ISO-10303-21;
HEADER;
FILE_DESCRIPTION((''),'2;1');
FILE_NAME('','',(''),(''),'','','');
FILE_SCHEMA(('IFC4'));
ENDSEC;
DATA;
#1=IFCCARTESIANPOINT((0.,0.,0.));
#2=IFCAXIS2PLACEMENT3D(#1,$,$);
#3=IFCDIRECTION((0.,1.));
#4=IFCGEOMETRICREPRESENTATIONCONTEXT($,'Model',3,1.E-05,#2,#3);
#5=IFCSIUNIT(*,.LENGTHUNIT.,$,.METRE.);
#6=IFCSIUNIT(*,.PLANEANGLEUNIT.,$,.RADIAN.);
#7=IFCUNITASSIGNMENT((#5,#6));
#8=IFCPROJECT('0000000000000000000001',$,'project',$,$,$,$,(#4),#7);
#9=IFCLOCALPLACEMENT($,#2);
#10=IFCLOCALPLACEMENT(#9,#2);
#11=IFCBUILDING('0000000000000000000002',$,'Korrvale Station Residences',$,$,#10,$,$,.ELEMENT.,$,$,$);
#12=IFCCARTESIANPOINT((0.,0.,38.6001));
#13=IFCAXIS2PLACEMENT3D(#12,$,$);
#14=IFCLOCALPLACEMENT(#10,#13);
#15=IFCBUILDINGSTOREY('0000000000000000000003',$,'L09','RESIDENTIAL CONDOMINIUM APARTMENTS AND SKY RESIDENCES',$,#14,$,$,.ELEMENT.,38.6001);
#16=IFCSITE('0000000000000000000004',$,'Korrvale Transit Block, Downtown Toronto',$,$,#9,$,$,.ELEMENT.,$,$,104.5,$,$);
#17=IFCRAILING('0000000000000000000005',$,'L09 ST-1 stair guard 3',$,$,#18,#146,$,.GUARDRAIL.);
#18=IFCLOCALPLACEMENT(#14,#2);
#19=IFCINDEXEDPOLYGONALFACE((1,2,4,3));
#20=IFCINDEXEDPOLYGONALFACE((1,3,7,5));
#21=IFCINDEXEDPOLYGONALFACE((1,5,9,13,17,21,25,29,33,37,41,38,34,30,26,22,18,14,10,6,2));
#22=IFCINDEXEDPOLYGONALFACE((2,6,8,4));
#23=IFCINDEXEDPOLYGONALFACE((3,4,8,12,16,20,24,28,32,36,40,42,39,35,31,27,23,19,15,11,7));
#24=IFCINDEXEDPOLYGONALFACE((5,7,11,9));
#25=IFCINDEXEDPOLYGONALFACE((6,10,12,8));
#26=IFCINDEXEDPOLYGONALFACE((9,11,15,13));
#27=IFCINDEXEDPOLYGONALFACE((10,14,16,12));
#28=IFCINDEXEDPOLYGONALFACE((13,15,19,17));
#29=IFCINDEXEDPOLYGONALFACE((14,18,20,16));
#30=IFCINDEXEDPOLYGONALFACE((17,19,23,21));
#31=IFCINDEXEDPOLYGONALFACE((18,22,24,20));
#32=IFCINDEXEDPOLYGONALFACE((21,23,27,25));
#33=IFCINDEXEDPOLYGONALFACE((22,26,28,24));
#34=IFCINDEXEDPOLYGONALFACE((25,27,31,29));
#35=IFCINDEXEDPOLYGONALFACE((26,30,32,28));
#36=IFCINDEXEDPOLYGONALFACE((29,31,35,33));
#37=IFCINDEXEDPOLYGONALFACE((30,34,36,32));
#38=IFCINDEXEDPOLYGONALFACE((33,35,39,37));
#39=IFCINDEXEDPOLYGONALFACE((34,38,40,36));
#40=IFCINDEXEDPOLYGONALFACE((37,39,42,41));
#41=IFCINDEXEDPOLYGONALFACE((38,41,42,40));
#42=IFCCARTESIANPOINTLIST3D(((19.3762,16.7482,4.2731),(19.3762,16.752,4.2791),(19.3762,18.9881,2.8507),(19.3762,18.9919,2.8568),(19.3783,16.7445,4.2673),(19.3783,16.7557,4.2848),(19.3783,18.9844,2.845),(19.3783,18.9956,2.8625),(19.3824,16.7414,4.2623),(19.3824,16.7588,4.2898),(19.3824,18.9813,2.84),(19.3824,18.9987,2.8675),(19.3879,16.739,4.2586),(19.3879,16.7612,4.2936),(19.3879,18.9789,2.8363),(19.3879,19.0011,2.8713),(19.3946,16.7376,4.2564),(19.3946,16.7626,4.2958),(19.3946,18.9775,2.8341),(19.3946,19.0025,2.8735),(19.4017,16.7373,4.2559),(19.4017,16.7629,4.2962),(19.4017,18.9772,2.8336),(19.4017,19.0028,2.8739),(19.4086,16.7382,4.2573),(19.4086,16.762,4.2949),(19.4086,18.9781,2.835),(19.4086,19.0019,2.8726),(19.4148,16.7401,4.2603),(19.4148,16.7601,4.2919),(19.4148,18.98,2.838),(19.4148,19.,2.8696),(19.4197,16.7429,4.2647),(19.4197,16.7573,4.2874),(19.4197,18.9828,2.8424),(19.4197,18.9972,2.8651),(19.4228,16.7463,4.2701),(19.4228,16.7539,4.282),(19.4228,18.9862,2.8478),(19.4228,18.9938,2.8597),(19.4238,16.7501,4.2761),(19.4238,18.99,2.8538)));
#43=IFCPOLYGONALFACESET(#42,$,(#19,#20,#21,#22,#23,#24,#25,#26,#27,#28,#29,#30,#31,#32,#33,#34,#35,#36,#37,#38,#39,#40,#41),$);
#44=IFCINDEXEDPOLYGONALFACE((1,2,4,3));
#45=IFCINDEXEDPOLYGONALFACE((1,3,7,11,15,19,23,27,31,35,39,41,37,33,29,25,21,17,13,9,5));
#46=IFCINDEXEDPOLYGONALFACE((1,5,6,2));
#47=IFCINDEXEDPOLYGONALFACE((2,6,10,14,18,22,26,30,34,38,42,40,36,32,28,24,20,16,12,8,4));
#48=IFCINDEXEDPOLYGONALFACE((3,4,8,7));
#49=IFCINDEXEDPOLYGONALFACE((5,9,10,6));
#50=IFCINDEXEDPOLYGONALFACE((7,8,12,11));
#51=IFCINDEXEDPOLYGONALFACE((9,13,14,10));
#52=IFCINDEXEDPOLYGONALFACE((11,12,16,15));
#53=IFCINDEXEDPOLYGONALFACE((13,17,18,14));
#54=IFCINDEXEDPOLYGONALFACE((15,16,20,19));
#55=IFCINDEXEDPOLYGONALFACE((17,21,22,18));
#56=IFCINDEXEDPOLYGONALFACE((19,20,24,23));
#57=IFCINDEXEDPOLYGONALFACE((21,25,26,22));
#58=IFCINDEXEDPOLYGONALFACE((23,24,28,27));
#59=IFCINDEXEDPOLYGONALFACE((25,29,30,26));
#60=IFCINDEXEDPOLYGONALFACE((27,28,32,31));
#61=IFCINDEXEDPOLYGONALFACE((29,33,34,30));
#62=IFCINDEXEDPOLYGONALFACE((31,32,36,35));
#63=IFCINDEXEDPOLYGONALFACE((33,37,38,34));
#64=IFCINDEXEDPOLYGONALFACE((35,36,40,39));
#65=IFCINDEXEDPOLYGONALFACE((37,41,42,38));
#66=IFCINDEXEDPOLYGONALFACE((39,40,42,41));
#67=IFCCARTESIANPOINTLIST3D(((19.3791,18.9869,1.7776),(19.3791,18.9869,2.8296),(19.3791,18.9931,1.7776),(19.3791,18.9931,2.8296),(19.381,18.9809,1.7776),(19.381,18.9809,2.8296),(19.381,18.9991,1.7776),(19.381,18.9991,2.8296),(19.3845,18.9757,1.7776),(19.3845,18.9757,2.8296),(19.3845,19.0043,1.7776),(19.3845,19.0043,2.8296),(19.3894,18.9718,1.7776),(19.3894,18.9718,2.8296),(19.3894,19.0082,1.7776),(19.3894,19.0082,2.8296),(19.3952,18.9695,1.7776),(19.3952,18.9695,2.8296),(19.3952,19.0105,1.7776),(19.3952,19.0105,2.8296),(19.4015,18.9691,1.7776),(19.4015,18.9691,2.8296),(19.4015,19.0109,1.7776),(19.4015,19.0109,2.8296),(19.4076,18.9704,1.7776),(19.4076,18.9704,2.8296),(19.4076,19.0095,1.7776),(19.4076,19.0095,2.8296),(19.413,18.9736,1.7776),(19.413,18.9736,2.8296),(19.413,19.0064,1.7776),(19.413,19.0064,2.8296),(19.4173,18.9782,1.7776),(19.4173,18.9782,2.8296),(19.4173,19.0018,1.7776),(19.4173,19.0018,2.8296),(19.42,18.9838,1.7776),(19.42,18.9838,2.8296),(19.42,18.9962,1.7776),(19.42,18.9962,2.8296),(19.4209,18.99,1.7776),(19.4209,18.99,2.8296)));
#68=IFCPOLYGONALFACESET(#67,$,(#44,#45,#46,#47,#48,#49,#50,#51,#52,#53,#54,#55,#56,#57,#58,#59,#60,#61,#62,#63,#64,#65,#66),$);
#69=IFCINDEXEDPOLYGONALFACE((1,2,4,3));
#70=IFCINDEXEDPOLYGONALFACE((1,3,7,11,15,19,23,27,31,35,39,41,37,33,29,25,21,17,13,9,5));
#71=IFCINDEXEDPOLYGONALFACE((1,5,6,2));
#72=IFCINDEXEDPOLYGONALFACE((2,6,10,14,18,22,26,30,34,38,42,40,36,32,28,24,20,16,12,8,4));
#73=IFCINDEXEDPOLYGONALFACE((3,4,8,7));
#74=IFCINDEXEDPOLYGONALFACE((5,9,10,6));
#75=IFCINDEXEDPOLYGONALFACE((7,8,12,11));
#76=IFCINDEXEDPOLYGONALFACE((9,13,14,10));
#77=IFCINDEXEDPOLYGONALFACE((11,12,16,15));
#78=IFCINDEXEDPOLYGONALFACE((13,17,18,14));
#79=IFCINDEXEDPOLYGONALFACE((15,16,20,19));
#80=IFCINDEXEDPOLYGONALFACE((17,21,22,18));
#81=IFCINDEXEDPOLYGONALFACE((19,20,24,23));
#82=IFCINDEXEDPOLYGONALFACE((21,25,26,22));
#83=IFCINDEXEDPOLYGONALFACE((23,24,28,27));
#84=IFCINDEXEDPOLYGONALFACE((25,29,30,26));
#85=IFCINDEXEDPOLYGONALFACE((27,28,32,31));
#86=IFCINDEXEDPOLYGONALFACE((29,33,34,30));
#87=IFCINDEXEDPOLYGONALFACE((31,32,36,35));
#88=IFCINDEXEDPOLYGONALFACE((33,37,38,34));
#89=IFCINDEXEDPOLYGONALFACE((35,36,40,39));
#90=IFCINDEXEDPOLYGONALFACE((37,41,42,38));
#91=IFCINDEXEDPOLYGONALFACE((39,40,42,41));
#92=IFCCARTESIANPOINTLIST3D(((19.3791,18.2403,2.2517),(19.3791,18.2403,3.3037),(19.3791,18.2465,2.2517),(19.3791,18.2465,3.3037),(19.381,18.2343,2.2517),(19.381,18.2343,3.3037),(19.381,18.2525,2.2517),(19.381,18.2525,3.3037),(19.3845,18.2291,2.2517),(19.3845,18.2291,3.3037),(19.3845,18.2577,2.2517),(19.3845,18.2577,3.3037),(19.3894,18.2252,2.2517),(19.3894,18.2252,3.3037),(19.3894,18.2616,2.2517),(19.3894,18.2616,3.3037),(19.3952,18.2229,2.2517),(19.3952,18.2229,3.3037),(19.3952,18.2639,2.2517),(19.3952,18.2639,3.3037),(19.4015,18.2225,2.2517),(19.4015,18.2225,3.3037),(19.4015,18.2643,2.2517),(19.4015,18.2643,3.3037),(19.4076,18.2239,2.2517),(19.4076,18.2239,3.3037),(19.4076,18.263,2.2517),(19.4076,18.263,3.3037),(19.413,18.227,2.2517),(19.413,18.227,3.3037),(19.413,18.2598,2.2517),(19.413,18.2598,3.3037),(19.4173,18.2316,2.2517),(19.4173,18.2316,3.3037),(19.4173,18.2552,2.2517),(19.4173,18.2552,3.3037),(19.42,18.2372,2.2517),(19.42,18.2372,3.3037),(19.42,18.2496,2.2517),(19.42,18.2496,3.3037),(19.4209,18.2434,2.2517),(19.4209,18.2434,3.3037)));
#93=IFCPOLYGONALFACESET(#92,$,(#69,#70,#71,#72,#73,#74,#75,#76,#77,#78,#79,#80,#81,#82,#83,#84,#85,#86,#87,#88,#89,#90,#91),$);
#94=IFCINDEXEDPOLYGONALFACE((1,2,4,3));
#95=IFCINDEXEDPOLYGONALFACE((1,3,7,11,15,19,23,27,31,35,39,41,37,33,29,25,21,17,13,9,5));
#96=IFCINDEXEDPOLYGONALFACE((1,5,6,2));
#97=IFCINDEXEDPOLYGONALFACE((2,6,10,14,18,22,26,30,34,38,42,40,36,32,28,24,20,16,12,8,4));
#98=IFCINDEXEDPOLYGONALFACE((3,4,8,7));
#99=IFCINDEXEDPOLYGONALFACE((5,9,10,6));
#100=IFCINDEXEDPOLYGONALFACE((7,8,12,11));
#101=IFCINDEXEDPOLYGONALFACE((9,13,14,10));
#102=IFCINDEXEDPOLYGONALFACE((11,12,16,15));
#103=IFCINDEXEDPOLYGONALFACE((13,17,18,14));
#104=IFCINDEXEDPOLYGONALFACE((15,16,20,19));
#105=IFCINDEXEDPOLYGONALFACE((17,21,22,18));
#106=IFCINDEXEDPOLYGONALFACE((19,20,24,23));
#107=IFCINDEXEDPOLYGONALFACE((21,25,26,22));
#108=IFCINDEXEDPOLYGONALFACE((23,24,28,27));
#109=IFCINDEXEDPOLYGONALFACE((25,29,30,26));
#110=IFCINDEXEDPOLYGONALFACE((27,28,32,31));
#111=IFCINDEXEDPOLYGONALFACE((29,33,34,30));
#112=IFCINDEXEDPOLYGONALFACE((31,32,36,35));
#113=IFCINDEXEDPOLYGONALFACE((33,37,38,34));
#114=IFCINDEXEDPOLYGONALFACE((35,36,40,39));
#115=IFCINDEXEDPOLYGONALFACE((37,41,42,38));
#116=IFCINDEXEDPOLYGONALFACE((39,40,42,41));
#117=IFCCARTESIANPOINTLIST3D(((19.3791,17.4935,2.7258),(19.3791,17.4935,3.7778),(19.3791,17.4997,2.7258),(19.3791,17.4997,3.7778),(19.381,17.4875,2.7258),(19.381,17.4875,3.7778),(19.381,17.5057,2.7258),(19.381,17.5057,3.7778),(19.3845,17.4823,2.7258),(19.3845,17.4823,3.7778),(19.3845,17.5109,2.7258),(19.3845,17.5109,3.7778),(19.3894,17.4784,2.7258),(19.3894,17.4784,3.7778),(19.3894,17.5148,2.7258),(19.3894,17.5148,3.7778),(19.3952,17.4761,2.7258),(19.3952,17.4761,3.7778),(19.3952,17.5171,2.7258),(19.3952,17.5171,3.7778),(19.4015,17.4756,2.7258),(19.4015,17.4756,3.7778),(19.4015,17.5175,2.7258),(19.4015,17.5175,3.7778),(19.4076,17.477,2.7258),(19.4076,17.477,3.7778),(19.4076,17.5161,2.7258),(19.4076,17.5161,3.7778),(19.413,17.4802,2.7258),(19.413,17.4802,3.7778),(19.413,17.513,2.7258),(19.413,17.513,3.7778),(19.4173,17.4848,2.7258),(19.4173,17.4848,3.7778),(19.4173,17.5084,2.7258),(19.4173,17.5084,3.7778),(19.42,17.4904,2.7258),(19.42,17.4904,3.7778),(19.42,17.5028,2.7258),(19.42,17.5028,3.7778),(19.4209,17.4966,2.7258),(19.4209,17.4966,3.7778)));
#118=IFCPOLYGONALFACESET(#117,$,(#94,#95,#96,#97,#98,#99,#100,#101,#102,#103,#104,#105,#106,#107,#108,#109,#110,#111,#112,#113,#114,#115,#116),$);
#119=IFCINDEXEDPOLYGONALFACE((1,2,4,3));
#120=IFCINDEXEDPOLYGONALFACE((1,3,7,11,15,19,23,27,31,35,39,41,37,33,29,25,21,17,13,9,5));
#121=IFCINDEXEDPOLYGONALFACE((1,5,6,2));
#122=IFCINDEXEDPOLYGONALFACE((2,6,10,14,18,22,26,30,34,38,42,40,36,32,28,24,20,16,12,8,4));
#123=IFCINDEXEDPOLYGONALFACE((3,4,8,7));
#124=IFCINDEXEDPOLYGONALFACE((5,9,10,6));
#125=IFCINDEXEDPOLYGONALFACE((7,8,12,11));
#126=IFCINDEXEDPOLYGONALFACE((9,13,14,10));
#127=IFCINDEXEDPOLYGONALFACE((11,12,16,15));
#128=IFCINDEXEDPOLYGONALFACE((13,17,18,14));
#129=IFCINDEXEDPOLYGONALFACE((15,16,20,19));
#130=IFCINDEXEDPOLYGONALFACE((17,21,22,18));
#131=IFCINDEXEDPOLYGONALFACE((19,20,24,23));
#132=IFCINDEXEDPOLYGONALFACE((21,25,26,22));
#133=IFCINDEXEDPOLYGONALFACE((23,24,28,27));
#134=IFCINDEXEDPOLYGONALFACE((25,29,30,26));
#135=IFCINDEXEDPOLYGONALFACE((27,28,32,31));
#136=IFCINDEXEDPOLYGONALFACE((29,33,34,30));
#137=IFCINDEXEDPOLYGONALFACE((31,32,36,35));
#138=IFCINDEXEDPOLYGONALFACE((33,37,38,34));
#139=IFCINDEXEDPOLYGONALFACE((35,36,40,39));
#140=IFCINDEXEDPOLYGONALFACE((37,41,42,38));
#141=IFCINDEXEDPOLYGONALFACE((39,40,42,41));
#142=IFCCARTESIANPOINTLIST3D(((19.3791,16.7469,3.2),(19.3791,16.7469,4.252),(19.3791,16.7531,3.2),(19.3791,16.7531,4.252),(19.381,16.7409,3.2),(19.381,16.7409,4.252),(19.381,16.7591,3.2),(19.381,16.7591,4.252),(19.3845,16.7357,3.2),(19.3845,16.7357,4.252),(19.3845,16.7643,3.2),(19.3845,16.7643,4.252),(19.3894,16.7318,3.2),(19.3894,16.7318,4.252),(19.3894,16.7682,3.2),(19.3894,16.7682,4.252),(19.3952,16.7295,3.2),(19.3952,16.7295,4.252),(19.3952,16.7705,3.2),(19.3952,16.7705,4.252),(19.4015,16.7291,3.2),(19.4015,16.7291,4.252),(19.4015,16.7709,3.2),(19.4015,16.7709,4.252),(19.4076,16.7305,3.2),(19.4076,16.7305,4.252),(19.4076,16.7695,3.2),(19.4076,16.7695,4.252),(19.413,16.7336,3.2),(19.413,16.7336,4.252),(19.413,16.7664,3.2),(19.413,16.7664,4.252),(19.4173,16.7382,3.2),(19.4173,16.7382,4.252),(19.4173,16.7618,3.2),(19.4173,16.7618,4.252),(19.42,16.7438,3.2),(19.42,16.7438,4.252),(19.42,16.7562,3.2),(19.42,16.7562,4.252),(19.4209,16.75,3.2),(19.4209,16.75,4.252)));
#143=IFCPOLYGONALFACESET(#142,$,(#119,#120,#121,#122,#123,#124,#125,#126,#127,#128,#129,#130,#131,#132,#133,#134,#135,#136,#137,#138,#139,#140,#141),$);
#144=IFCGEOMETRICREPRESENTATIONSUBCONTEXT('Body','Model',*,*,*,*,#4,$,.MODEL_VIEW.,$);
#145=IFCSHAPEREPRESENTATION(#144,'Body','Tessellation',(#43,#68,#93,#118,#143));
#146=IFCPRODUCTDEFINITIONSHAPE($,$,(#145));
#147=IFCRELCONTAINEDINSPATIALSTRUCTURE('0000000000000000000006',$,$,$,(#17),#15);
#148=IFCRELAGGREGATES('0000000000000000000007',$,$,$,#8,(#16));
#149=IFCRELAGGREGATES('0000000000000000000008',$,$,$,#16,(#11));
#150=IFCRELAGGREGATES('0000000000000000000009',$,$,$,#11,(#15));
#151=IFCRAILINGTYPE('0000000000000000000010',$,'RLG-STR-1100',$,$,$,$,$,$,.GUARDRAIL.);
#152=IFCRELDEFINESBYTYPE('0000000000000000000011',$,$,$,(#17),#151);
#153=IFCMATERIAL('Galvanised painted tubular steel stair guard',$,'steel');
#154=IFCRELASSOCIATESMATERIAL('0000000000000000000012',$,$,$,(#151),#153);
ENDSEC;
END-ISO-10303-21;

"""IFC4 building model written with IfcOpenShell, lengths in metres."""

from ifc_helpers import new_model, si_unit, direction, frame, origin, origin_2d, place, context, subcontext, project, spatial, circle, extrude, material, type_object, element, save


model = new_model("IFC4")

# Units and contexts
model_context = context("Model", 3, precision=1e-05, world=origin(), true_north=direction((0.0, 1.0)))
body_context = subcontext(model_context, "Body", "Model", "MODEL_VIEW")
ifc_project = project(units=[si_unit("LENGTHUNIT", "METRE"), si_unit("PLANEANGLEUNIT", "RADIAN")], contexts=[model_context])

# Site, building, storey
site_placement = place(None, origin())
site = spatial("IfcSite", under=ifc_project, at=site_placement, Name="Korrvale Transit Block, Downtown Toronto", CompositionType="ELEMENT", RefElevation=104.5)
building_placement = place(site_placement, origin())
building = spatial("IfcBuilding", under=site, at=building_placement, Name="Korrvale Station Residences", CompositionType="ELEMENT")
storey_placement = place(building_placement, frame((0.0, 0.0, 38.6001)))
storey = spatial("IfcBuildingStorey", under=building, at=storey_placement, Name="L09", Description="RESIDENTIAL CONDOMINIUM APARTMENTS AND SKY RESIDENCES", CompositionType="ELEMENT", Elevation=38.6001)

# Railing
ifc_material_1 = material(Name="Galvanised painted tubular steel stair guard", Category="steel")
railing_type_1 = type_object("IfcRailingType", Name="RLG-STR-1100", PredefinedType="GUARDRAIL", material=ifc_material_1)
railing_1_placement = place(storey_placement, frame((19.3999, 18.99, 1.7776)))
element("IfcRailing", 1, at=railing_1_placement, inside=storey, type_object=railing_type_1, Name="L09 ST-1 stair guard 3", PredefinedType="GUARDRAIL", context=body_context, shape_type="SweptSolid", body=[
    extrude(circle(Radius=0.0239, at=origin_2d()), frame((0.0, 0.0, 1.0762), z_axis=(0.0, -0.844188, 0.536048), x_axis=(1.0, 0.0, 0.0)), (0.0, 0.0, 1.0), 2.6533),
    extrude(circle(Radius=0.021, at=origin_2d()), origin(), (0.0, 0.0, 1.0), 1.052),
    extrude(circle(Radius=0.021, at=origin_2d()), frame((0.0, -0.7466, 0.4741)), (0.0, 0.0, 1.0), 1.052),
    extrude(circle(Radius=0.021, at=origin_2d()), frame((0.0, -1.4934, 0.9482)), (0.0, 0.0, 1.0), 1.052),
    extrude(circle(Radius=0.021, at=origin_2d()), frame((0.0, -2.24, 1.4224)), (0.0, 0.0, 1.0), 1.052),
])

save(model, "model.ifc")
